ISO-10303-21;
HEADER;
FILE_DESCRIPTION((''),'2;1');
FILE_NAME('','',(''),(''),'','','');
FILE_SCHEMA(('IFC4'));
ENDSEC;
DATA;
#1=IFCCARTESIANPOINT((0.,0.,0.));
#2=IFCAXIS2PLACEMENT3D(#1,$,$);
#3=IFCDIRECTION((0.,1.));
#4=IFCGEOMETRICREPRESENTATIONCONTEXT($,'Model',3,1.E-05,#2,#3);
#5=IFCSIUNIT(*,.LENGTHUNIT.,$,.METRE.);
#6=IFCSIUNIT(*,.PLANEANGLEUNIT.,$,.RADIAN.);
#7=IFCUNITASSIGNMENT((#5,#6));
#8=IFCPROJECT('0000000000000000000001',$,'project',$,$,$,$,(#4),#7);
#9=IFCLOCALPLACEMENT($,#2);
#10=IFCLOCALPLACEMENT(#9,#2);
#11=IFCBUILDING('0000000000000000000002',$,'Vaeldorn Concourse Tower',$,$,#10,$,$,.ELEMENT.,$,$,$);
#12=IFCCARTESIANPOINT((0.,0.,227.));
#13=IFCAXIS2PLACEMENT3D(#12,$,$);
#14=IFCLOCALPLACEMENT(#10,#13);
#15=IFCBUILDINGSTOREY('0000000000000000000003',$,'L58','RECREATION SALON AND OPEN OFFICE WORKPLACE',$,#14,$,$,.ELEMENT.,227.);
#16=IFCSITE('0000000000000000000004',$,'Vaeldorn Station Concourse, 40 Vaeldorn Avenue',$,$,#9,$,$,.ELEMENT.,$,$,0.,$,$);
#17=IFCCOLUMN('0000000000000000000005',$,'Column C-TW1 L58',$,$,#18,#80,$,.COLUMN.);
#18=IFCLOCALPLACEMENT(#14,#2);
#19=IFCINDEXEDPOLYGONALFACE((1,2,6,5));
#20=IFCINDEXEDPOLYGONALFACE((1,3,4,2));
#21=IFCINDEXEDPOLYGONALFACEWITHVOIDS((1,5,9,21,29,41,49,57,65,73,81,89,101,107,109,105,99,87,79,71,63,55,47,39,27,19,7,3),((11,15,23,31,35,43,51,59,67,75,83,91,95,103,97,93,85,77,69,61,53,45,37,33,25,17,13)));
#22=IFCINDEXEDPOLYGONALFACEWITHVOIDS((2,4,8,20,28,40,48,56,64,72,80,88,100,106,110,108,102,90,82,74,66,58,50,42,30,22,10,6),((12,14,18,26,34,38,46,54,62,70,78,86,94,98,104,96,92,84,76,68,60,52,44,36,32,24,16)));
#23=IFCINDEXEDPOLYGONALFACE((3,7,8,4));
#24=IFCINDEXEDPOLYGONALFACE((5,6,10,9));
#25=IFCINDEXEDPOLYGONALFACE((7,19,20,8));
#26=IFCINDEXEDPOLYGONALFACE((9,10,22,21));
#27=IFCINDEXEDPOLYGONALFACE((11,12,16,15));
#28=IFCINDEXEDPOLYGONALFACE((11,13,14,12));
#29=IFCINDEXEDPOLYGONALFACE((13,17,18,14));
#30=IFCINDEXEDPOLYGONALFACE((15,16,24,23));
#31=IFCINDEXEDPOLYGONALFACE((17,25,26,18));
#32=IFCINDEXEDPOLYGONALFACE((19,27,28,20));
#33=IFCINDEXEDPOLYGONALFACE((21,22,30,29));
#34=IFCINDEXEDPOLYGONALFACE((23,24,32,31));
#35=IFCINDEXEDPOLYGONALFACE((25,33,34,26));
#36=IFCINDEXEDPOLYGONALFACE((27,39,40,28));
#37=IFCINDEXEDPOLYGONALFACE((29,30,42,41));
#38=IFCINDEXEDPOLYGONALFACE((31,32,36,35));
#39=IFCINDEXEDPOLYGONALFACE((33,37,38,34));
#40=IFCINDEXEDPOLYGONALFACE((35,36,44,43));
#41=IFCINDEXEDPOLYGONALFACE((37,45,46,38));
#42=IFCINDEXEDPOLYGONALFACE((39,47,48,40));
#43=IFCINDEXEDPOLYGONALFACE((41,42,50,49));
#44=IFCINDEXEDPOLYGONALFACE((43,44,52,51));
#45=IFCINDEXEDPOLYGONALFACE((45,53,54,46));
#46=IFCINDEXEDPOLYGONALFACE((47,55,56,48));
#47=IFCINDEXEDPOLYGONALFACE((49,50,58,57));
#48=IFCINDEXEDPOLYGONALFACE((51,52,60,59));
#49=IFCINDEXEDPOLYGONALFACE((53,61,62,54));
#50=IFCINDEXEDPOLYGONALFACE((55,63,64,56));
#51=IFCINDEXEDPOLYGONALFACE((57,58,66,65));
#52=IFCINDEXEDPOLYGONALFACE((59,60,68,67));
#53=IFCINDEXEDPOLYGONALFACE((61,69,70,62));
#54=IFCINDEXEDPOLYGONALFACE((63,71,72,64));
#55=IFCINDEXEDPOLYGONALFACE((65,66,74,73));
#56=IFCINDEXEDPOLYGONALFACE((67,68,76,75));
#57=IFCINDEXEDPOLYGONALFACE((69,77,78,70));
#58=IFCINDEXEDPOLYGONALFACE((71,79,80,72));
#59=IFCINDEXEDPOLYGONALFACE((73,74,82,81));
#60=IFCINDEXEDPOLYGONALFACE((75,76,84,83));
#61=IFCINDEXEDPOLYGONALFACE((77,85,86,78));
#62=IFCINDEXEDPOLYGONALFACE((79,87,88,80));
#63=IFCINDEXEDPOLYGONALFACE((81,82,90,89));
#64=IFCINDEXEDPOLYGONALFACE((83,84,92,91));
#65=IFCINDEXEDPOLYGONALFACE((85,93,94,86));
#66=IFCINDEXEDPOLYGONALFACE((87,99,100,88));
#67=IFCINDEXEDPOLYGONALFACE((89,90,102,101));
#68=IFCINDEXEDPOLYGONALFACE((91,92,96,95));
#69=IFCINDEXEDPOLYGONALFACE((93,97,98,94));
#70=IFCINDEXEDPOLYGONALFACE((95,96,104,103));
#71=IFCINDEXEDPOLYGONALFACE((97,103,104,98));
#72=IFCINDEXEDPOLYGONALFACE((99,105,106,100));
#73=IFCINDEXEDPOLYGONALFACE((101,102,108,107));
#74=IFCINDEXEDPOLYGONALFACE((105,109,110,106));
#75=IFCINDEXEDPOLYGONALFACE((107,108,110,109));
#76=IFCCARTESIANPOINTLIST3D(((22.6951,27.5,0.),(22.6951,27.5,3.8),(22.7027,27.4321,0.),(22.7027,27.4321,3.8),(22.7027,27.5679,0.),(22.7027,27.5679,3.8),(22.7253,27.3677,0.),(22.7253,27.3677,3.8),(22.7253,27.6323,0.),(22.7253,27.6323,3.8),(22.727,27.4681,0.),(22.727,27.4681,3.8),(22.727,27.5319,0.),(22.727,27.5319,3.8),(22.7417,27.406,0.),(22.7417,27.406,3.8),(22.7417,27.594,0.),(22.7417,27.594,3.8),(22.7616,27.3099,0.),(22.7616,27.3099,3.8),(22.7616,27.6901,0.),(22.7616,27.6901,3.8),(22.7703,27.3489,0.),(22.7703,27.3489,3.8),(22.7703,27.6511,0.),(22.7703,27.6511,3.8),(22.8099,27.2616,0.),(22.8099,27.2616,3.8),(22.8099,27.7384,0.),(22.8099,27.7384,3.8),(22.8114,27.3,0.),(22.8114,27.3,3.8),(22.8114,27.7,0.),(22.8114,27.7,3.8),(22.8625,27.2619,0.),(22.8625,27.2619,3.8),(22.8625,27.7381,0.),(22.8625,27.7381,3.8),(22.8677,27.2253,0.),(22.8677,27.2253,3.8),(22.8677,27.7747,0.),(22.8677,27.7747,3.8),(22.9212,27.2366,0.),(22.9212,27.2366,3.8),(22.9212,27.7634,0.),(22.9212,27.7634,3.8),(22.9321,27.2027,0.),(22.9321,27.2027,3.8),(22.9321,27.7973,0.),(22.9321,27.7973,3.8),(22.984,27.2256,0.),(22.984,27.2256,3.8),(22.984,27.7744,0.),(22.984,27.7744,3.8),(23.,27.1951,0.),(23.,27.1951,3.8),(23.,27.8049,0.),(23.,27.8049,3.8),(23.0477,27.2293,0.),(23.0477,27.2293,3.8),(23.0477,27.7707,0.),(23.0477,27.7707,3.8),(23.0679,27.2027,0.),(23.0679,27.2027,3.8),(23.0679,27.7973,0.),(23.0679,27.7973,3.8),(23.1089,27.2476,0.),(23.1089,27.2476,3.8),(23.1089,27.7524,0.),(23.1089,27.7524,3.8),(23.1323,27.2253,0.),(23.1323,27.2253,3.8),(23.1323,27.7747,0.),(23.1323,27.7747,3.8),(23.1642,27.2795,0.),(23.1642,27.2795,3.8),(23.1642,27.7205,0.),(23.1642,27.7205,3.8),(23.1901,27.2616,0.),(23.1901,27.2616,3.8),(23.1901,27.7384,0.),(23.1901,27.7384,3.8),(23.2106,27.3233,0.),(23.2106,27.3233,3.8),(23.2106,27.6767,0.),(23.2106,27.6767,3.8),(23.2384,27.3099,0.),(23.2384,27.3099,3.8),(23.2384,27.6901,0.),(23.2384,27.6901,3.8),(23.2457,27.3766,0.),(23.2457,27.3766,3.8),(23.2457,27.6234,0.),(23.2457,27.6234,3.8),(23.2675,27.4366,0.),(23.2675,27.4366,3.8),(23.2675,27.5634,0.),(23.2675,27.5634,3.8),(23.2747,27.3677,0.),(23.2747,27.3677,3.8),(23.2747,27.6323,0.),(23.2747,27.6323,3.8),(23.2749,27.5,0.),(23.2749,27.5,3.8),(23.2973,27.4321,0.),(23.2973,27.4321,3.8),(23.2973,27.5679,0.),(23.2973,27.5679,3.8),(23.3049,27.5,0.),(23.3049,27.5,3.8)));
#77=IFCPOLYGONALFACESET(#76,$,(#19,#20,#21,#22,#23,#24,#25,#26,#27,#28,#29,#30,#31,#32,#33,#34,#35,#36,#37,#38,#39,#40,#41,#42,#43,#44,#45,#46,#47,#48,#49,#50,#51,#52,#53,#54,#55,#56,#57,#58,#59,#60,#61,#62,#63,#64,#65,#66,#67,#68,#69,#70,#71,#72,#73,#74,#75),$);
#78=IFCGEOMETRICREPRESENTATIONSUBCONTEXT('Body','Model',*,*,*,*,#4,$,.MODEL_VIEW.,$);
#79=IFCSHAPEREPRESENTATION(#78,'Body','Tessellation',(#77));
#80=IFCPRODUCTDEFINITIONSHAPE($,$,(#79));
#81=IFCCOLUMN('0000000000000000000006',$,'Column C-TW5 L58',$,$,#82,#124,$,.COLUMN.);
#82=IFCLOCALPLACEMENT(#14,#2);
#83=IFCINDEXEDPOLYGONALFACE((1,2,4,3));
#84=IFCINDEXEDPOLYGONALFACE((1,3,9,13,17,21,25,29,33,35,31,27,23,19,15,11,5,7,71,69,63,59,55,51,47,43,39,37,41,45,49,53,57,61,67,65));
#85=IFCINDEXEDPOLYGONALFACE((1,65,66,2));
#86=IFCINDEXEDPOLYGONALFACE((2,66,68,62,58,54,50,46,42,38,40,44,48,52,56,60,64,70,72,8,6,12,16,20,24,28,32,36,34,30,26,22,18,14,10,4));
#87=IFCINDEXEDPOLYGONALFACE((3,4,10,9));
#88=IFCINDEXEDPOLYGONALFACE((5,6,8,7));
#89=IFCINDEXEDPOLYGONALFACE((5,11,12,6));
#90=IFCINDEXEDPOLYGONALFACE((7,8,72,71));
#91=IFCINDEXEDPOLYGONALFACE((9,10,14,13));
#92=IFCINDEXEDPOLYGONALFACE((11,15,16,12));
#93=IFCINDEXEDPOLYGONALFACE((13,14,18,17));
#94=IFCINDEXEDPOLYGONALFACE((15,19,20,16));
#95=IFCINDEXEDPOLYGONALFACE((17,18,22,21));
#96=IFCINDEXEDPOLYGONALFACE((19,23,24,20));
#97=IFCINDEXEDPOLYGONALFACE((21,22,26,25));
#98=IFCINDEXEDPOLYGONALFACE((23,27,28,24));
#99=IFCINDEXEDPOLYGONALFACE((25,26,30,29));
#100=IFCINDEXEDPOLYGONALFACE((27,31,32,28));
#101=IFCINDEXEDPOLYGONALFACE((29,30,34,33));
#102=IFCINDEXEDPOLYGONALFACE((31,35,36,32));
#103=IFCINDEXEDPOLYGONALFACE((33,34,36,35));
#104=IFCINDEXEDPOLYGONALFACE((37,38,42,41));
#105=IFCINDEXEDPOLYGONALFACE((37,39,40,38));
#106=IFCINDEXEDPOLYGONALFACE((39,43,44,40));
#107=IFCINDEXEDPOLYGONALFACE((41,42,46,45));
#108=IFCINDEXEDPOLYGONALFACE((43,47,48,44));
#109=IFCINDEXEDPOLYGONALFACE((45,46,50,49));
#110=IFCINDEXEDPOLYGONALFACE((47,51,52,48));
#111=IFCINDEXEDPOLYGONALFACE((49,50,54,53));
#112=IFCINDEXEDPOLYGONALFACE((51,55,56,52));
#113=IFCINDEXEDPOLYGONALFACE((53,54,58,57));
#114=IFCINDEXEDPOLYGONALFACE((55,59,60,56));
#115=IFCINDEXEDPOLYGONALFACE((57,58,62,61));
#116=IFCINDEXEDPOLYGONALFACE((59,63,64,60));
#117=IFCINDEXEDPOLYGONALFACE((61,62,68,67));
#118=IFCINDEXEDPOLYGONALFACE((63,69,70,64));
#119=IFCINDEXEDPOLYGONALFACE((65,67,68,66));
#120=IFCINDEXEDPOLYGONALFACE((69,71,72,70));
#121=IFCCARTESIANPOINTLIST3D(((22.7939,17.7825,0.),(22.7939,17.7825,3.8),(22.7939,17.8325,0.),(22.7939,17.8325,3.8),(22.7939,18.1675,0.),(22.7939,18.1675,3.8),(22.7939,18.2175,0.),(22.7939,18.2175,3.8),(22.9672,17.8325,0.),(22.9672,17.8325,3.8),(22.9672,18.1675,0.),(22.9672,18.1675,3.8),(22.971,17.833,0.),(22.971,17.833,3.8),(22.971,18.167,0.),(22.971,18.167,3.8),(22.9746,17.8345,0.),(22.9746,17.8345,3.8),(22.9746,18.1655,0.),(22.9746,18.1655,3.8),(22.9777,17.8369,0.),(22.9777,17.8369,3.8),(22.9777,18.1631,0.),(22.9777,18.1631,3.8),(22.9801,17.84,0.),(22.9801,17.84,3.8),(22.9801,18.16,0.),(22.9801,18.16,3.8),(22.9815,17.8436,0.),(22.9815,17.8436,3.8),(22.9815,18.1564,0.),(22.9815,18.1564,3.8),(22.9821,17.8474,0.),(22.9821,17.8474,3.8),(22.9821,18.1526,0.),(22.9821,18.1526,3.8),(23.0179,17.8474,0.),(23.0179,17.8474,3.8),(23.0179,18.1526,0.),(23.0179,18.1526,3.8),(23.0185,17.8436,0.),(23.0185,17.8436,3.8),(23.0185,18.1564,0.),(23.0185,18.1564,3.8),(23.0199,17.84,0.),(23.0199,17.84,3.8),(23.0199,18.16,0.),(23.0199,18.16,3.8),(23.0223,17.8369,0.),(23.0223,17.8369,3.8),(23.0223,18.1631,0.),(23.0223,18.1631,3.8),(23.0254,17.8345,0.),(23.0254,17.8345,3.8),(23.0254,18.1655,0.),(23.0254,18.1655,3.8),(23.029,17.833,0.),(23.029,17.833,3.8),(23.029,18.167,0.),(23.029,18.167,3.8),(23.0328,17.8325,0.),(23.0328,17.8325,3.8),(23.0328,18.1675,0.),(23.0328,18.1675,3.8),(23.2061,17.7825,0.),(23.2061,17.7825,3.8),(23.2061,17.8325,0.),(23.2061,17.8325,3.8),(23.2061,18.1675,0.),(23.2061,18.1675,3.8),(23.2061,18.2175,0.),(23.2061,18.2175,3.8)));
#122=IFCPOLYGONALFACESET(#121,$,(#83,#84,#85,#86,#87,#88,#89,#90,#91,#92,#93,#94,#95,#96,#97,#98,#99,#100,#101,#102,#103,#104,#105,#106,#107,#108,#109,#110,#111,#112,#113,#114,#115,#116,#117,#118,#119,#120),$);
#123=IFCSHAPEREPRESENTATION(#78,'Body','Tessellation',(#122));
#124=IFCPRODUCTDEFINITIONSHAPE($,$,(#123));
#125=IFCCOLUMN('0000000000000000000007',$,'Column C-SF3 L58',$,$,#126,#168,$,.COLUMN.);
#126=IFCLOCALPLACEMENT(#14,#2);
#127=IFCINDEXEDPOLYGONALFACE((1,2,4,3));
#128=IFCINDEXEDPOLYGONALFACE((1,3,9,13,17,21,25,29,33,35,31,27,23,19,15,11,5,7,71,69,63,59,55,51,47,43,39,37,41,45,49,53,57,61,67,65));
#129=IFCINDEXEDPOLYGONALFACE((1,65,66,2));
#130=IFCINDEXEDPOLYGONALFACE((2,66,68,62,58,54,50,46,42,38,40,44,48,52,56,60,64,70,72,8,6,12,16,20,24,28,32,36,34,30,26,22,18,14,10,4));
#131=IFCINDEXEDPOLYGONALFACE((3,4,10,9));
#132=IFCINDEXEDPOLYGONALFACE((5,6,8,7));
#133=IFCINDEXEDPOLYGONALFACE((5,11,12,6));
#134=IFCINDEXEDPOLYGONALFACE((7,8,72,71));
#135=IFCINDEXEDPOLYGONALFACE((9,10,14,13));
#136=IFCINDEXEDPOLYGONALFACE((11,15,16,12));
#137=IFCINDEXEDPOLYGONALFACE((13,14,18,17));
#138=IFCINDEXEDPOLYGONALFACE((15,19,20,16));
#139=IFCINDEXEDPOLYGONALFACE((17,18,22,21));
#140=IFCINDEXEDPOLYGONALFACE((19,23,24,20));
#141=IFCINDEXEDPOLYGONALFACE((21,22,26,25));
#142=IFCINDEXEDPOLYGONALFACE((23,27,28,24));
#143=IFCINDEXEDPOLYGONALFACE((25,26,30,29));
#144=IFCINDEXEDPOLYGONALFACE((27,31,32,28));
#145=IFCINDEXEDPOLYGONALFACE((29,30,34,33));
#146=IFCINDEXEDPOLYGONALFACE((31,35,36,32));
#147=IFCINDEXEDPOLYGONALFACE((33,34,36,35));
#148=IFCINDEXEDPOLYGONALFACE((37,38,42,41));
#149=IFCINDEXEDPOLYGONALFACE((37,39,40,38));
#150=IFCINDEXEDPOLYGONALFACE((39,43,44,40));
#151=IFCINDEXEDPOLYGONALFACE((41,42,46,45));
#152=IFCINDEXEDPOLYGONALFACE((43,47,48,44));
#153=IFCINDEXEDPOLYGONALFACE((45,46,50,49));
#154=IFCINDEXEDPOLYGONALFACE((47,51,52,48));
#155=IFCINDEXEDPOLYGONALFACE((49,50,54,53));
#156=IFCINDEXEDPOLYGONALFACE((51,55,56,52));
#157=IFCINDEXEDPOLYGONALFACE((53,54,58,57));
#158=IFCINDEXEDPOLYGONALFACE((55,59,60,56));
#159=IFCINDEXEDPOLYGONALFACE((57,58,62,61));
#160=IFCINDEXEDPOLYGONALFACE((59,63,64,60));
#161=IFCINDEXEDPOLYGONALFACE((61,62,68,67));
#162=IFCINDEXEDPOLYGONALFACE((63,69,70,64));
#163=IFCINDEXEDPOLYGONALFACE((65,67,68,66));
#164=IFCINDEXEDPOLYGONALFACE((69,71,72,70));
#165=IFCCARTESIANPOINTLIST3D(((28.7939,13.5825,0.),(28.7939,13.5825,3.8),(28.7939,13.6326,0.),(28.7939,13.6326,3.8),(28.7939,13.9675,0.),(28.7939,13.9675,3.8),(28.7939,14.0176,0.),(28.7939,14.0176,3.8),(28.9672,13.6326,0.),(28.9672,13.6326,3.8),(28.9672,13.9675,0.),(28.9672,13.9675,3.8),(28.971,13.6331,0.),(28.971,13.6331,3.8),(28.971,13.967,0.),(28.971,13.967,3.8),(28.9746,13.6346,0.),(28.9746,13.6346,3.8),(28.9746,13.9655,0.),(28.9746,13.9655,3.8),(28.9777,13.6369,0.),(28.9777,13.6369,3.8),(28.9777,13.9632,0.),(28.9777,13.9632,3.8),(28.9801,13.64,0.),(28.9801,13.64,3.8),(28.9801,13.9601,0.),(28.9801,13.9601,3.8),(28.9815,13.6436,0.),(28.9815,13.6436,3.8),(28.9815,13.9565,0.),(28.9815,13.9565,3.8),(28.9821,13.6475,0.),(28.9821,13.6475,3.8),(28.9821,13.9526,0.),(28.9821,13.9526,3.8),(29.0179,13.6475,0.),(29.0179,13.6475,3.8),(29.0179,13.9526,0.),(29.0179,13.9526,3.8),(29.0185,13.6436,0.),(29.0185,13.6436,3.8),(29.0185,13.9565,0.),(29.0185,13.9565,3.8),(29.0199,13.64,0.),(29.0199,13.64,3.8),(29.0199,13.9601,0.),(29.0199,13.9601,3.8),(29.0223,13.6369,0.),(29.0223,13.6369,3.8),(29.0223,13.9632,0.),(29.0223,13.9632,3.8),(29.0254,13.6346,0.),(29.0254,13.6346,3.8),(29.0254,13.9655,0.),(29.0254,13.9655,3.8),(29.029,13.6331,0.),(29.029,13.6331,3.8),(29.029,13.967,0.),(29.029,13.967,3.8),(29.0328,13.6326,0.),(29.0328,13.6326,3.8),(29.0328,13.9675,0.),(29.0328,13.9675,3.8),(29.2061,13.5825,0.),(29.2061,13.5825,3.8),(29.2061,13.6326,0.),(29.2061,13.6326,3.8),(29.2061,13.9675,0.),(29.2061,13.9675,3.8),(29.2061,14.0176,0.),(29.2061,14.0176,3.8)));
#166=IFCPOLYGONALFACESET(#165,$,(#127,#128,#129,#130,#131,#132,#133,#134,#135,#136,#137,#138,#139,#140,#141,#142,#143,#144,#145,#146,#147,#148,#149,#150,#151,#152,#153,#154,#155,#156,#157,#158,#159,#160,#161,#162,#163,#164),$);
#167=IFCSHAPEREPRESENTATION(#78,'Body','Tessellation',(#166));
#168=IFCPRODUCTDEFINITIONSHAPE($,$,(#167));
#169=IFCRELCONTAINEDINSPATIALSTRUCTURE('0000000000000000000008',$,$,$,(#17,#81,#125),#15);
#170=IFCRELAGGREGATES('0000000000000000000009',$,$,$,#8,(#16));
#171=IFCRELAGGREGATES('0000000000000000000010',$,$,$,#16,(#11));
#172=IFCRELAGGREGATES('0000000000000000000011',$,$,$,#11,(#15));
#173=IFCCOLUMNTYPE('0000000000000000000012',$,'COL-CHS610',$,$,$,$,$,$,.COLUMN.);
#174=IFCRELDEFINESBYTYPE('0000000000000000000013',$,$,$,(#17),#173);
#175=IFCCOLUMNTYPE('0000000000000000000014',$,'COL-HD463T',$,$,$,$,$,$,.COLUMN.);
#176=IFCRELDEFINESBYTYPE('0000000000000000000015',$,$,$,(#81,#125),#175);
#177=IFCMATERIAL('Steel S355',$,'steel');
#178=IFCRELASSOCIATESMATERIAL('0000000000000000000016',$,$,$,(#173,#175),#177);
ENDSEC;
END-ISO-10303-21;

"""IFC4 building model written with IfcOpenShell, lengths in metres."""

from ifc_helpers import new_model, si_unit, direction, frame, origin, origin_2d, place, context, subcontext, project, spatial, hollow_circle, i_section, extrude, source, transform, mapped, material, material_profile, profile_set, type_object, element, save


model = new_model("IFC4")

# Units and contexts
model_context = context("Model", 3, precision=1e-05, world=origin(), true_north=direction((0.0, 1.0)))
body_context = subcontext(model_context, "Body", "Model", "MODEL_VIEW")
ifc_project = project(units=[si_unit("LENGTHUNIT", "METRE"), si_unit("PLANEANGLEUNIT", "RADIAN")], contexts=[model_context])

# Site, building, storey
site_placement = place(None, origin())
site = spatial("IfcSite", under=ifc_project, at=site_placement, Name="Vaeldorn Station Concourse, 40 Vaeldorn Avenue", CompositionType="ELEMENT", RefElevation=0.0)
building_placement = place(site_placement, origin())
building = spatial("IfcBuilding", under=site, at=building_placement, Name="Vaeldorn Concourse Tower", CompositionType="ELEMENT")
storey_placement = place(building_placement, frame((0.0, 0.0, 227.0)))
storey = spatial("IfcBuildingStorey", under=building, at=storey_placement, Name="L58", Description="RECREATION SALON AND OPEN OFFICE WORKPLACE", CompositionType="ELEMENT", Elevation=227.0)

# Columns
ifc_material_1 = material(Name="Steel S355", Category="steel")
ifc_material_profile_1 = material_profile(ifc_material_1, hollow_circle(Radius=0.3049, WallThickness=0.03, at=origin_2d()), Name="CHS 610x30")
ifc_profile_set_1 = profile_set([ifc_material_profile_1], Name="Steel S355")
column_type_1 = type_object("IfcColumnType", Name="COL-CHS610", PredefinedType="COLUMN", material=ifc_profile_set_1)
shared_shape_1 = source(origin(), body_context, "Body", "SweptSolid", [
    extrude(hollow_circle(Radius=0.3049, WallThickness=0.03, at=origin_2d()), origin(), (0.0, 0.0, 1.0), 3.8),
])
column_placement = place(storey_placement, frame((23.0, 27.5, 0.0), z_axis=(0.0, 0.0, 1.0), x_axis=(1.0, 0.0, 0.0)))
element("IfcColumn", 1, at=column_placement, inside=storey, type_object=column_type_1, Name="Column C-TW1 L58", PredefinedType="COLUMN", context=body_context, shape_type="MappedRepresentation", body=[
    mapped(shared_shape_1, transform((0.0, 0.0, 0.0), scale=1.0)),
])
ifc_material_profile_2 = material_profile(ifc_material_1, i_section(OverallWidth=0.4121, OverallDepth=0.4351, WebThickness=0.0359, FlangeThickness=0.05, FilletRadius=0.0149, at=origin_2d()), Name="HD 400x463")
ifc_profile_set_2 = profile_set([ifc_material_profile_2], Name="Steel S355")
column_type_2 = type_object("IfcColumnType", Name="COL-HD463T", PredefinedType="COLUMN", material=ifc_profile_set_2)
shared_shape_2 = source(origin(), body_context, "Body", "SweptSolid", [
    extrude(i_section(OverallWidth=0.4121, OverallDepth=0.4351, WebThickness=0.0359, FlangeThickness=0.05, FilletRadius=0.0149, at=origin_2d()), origin(), (0.0, 0.0, 1.0), 3.8),
])
for number, where, z_axis, x_axis, name in (
    (2, (23.0, 18.0, 0.0), (0.0, 0.0, 1.0), (1.0, 0.0, 0.0), "Column C-TW5 L58"),
    (3, (29.0, 13.8, 0.0), (0.0, 0.0, 1.0), (1.0, 0.0, 0.0), "Column C-SF3 L58"),
):
    element("IfcColumn", number, at=place(storey_placement, frame(where, z_axis=z_axis, x_axis=x_axis)), inside=storey, type_object=column_type_2, Name=name, PredefinedType="COLUMN", context=body_context, shape_type="MappedRepresentation", body=[
        mapped(shared_shape_2, transform((0.0, 0.0, 0.0), scale=1.0)),
    ])

save(model, "model.ifc")
